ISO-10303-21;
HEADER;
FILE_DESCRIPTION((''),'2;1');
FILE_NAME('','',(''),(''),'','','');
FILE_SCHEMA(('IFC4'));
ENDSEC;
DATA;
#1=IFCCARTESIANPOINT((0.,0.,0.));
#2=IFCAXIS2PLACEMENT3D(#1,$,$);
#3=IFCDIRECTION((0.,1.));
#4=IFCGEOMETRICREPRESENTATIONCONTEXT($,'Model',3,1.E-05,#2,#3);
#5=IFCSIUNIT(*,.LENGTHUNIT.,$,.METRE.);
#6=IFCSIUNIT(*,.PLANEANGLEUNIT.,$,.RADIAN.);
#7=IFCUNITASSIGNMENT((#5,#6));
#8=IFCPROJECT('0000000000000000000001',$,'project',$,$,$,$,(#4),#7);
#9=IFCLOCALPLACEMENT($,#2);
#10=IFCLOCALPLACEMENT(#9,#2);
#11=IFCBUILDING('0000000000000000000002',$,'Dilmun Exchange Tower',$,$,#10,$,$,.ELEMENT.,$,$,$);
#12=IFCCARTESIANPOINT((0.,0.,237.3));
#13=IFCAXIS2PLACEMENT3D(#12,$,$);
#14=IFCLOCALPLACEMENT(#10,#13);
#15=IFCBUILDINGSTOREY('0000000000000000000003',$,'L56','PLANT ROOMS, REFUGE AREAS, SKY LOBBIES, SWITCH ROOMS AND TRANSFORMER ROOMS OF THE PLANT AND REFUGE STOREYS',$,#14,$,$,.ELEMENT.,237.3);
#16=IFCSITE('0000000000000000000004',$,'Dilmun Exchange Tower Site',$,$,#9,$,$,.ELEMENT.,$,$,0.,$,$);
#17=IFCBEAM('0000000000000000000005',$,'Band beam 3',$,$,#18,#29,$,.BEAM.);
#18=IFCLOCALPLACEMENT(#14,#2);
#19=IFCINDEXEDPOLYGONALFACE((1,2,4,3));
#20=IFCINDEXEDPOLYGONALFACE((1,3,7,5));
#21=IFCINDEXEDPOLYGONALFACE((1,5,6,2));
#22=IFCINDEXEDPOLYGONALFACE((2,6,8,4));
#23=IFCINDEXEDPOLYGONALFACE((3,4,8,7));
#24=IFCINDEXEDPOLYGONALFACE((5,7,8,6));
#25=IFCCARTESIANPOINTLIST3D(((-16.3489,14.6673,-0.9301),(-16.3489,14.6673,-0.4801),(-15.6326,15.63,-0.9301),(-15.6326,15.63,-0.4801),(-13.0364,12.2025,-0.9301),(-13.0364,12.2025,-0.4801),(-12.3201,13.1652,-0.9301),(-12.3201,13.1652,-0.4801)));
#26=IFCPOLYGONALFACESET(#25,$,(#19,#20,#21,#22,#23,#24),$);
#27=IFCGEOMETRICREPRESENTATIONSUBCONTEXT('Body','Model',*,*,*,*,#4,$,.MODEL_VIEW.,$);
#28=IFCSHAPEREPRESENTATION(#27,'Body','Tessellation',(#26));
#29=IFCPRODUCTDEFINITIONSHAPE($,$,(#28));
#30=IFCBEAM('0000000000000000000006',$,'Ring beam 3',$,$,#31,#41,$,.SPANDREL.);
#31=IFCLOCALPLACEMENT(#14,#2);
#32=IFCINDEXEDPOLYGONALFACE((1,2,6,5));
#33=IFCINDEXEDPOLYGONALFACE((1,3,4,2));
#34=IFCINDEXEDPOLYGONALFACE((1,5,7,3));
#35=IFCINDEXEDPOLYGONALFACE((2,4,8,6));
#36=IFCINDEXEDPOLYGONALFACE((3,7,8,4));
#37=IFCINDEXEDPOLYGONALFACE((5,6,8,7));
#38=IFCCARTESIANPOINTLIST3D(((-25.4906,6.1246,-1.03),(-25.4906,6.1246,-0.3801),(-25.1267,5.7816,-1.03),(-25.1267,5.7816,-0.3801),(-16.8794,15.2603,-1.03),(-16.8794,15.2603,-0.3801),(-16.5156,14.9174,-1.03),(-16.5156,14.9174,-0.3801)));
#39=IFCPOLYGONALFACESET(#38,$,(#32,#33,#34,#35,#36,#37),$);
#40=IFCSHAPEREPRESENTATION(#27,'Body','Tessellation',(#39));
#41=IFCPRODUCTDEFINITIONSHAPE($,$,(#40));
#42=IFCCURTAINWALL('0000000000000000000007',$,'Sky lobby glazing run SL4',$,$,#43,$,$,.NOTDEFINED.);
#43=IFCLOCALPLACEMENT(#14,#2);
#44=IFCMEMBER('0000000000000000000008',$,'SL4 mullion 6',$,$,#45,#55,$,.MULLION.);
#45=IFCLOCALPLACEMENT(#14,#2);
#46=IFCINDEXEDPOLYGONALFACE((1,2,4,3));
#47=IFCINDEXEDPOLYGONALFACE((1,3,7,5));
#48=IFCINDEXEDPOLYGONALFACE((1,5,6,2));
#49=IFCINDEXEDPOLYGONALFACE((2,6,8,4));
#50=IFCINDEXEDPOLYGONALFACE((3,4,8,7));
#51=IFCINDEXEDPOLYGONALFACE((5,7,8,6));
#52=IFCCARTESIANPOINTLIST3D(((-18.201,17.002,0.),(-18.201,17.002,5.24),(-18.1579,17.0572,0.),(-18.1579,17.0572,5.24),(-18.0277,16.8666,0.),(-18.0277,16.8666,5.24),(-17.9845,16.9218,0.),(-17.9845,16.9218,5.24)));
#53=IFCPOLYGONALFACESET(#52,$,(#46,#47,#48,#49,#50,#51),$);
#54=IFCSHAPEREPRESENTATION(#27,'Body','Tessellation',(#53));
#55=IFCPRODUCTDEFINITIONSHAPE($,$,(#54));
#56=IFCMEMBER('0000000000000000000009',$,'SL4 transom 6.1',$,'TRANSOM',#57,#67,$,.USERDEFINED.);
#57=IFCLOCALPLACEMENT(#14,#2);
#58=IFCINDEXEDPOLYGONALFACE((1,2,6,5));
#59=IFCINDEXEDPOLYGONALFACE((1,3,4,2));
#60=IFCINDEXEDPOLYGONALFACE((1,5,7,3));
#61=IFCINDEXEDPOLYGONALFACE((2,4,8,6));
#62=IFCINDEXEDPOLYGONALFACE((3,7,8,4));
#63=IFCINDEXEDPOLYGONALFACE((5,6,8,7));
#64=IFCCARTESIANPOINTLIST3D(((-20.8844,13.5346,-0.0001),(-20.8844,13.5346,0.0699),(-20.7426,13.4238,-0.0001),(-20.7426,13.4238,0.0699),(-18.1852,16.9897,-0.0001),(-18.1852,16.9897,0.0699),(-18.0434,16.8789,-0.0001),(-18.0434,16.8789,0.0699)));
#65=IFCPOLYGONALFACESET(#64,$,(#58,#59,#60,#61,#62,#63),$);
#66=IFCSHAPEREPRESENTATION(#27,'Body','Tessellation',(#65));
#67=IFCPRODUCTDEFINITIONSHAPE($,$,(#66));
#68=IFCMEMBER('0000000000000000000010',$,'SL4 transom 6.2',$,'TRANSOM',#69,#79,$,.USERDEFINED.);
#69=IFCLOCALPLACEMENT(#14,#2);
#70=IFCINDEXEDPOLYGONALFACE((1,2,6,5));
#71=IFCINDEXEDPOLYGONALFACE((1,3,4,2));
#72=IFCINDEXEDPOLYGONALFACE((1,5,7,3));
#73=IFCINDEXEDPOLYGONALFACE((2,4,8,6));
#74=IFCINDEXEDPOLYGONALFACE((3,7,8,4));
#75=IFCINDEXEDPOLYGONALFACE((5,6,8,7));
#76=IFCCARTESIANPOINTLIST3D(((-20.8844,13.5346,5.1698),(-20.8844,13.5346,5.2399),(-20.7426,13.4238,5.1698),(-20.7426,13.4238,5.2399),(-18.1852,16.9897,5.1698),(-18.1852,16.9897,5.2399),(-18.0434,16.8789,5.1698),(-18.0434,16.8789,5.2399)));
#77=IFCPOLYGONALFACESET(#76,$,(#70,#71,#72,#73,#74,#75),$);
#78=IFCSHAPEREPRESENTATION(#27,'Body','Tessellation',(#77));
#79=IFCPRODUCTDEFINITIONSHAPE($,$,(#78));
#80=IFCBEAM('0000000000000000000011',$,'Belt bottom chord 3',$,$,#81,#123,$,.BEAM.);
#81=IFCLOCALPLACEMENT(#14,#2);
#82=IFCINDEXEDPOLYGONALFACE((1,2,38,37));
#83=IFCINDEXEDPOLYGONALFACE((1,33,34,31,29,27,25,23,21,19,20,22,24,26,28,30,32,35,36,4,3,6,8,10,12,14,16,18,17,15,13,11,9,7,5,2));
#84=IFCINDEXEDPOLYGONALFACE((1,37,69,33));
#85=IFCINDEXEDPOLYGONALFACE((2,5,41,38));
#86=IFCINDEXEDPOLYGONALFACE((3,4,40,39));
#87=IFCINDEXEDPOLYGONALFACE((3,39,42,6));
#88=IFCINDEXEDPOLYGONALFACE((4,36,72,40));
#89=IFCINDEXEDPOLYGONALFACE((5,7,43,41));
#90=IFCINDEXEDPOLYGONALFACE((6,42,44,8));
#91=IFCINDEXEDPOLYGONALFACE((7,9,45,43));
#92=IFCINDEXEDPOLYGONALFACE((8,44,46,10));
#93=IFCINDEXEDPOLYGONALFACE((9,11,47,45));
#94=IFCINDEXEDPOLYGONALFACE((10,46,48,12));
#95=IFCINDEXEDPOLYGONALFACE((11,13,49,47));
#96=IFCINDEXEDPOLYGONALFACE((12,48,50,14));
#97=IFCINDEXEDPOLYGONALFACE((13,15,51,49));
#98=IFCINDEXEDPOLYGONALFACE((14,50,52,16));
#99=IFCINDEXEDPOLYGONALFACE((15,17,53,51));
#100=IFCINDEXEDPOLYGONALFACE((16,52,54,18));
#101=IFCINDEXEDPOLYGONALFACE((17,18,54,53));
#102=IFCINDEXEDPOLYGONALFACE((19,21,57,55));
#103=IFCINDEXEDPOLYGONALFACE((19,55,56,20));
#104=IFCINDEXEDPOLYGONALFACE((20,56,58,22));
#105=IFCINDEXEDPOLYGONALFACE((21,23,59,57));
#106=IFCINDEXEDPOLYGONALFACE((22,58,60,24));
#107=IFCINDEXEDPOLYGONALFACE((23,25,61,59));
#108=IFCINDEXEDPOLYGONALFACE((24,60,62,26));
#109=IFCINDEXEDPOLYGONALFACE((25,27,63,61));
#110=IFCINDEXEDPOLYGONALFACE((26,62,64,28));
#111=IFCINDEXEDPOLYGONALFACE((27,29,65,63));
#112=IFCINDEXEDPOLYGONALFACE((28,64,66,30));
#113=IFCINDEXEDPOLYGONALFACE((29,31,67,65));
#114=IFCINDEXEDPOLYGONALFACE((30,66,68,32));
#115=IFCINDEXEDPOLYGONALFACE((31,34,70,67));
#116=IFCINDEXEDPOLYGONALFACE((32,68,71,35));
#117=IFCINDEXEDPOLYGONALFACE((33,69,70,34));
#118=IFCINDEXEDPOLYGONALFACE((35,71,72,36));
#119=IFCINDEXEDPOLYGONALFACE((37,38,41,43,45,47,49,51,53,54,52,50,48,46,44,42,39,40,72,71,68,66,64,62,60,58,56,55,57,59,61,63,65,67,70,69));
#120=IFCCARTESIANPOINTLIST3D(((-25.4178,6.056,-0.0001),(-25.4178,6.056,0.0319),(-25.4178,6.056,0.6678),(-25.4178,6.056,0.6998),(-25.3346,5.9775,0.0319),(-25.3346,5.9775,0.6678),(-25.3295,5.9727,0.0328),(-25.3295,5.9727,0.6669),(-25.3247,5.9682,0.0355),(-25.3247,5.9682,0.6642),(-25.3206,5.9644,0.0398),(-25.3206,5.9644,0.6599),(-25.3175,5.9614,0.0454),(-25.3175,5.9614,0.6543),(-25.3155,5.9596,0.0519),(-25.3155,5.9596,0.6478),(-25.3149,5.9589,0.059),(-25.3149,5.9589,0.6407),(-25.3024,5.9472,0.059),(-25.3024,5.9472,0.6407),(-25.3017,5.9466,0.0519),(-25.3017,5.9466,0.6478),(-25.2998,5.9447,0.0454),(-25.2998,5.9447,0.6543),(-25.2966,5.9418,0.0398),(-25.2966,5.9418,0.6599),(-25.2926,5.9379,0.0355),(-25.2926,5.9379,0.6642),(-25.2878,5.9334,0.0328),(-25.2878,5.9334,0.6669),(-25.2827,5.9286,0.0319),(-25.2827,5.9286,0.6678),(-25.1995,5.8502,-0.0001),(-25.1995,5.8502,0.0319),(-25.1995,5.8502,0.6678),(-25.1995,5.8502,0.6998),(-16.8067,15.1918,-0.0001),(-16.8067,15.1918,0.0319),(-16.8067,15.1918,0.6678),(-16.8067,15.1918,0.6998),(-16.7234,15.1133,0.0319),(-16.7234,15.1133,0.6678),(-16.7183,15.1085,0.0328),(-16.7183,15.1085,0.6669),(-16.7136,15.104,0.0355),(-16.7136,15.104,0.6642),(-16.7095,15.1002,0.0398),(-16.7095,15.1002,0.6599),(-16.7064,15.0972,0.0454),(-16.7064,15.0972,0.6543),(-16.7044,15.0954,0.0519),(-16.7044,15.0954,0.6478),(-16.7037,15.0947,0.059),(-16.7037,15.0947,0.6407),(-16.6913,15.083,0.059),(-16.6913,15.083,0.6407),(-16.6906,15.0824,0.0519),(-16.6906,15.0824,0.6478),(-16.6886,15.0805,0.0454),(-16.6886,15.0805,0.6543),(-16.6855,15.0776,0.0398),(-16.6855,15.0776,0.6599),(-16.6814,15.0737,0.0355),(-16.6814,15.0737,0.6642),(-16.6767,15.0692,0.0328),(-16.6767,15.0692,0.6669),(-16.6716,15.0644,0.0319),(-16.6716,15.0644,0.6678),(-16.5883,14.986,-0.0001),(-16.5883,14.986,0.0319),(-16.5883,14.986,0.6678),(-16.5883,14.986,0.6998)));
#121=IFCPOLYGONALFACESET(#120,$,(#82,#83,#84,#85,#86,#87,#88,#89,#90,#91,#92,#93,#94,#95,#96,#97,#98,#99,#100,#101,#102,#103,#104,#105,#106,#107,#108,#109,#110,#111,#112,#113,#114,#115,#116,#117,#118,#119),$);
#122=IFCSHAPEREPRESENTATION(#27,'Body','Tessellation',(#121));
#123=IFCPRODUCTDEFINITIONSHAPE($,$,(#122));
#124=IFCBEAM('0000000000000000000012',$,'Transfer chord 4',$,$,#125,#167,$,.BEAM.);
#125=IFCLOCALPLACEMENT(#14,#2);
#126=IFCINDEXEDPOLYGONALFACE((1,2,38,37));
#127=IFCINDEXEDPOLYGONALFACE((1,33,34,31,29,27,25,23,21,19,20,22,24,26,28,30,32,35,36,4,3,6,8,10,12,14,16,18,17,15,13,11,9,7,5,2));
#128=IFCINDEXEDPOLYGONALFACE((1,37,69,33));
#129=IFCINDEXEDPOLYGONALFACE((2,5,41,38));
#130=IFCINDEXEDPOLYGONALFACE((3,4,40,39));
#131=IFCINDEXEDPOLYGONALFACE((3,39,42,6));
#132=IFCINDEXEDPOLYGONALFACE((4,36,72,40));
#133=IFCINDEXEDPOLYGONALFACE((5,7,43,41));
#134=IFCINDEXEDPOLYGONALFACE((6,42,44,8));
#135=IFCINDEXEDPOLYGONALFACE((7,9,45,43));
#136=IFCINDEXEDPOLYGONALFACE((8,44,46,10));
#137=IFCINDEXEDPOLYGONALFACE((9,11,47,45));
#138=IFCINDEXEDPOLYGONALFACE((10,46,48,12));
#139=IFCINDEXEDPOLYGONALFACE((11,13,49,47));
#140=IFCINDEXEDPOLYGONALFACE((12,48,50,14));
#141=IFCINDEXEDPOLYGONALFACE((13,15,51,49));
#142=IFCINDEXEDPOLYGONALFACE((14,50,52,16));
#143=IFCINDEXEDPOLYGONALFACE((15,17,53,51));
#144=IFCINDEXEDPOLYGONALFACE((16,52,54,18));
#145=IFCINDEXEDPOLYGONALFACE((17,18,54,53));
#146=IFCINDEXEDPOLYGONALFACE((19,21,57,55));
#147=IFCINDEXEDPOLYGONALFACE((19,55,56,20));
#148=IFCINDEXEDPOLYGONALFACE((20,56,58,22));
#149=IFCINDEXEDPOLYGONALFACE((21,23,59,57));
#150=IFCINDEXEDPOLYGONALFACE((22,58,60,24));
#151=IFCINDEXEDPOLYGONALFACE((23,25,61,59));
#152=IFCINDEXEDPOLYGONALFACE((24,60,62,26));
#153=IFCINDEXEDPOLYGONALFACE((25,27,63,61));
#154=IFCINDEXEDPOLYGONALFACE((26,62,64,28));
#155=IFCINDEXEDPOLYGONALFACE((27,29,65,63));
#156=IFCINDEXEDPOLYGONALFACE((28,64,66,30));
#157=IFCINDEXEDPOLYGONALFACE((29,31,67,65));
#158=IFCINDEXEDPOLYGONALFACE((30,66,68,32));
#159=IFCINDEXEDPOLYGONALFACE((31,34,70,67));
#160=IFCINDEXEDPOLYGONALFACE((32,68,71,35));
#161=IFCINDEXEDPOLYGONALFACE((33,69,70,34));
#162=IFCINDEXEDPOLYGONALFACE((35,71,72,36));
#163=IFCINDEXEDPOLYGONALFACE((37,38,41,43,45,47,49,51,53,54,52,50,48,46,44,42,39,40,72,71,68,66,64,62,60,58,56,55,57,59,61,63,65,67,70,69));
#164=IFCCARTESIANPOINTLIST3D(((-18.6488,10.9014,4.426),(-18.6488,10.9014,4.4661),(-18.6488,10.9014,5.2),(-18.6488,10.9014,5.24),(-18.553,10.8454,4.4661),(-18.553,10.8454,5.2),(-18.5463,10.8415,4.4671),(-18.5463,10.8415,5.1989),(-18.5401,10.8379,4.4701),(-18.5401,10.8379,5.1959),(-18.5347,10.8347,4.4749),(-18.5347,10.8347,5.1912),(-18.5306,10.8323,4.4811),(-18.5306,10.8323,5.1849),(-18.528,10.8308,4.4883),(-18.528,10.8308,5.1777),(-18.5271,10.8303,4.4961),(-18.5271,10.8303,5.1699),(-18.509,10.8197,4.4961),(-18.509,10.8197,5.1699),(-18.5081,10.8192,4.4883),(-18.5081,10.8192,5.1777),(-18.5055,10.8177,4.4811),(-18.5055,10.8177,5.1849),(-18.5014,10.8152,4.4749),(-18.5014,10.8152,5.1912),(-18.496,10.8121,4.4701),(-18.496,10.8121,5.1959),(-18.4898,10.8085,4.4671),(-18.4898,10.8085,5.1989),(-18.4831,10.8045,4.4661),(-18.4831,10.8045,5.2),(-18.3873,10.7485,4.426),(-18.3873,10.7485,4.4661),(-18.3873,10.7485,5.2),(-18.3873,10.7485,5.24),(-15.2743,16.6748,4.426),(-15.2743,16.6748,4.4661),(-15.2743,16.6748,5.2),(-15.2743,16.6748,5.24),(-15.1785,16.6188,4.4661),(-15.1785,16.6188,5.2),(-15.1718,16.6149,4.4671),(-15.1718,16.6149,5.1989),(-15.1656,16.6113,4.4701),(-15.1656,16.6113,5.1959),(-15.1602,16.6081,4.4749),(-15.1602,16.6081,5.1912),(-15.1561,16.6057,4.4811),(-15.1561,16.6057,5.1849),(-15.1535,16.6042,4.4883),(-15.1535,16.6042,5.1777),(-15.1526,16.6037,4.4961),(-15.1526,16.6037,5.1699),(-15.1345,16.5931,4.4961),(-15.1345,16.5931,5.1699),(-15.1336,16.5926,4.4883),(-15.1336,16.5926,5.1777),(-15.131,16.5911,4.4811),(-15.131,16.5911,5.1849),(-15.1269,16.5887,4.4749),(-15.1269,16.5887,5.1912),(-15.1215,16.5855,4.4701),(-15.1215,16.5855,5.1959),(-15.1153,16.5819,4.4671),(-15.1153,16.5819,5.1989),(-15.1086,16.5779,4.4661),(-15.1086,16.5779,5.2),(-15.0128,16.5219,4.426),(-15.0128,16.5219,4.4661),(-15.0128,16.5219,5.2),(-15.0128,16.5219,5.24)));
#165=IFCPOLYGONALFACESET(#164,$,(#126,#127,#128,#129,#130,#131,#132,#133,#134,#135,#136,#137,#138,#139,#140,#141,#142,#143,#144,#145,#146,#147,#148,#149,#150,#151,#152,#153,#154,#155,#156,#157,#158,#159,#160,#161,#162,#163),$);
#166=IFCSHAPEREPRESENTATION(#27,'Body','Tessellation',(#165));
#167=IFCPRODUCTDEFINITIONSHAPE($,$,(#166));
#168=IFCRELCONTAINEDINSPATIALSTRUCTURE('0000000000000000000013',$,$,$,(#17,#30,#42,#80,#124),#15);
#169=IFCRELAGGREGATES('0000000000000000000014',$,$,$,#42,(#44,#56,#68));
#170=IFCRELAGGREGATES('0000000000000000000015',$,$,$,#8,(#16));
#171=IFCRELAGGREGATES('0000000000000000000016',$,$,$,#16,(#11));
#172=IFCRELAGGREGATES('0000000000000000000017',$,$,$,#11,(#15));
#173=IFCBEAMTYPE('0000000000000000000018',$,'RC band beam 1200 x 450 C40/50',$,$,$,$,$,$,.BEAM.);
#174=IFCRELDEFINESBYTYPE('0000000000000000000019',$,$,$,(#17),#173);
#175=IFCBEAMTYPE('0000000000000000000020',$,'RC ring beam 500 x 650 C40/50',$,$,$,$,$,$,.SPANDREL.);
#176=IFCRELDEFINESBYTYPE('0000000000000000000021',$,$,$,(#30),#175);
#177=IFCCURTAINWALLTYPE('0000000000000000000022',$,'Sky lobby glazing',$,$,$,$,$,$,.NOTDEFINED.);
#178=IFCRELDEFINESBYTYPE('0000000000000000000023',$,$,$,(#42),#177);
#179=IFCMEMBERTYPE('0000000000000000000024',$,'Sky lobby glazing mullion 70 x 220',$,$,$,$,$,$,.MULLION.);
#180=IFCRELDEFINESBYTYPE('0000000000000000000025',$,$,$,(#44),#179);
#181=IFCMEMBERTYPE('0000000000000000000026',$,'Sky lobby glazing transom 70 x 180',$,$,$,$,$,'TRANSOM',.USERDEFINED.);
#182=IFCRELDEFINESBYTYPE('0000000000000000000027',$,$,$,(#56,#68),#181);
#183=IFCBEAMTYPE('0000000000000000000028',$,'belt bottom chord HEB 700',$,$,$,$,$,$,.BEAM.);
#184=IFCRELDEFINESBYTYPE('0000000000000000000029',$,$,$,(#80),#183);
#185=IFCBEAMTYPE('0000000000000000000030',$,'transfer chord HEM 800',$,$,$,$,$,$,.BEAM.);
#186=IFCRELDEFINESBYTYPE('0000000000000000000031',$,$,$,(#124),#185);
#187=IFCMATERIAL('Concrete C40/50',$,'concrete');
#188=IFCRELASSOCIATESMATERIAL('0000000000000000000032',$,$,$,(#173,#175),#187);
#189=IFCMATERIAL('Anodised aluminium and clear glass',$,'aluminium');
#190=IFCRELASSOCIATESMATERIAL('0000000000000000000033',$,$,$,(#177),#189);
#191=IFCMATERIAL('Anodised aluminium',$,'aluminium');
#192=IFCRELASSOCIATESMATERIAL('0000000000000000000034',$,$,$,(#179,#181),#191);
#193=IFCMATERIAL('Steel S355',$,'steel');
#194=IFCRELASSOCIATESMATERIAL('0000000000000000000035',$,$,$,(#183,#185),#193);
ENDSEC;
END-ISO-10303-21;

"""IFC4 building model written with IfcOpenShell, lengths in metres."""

from ifc_helpers import new_model, si_unit, direction, frame, origin, origin_2d, place, context, subcontext, project, spatial, rectangle, i_section, extrude, material, material_profile, profile_set, type_object, element, aggregate, save


model = new_model("IFC4")

# Units and contexts
model_context = context("Model", 3, precision=1e-05, world=origin(), true_north=direction((0.0, 1.0)))
body_context = subcontext(model_context, "Body", "Model", "MODEL_VIEW")
ifc_project = project(units=[si_unit("LENGTHUNIT", "METRE"), si_unit("PLANEANGLEUNIT", "RADIAN")], contexts=[model_context])

# Site, building, storey
site_placement = place(None, origin())
site = spatial("IfcSite", under=ifc_project, at=site_placement, Name="Dilmun Exchange Tower Site", CompositionType="ELEMENT", RefElevation=0.0)
building_placement = place(site_placement, origin())
building = spatial("IfcBuilding", under=site, at=building_placement, Name="Dilmun Exchange Tower", CompositionType="ELEMENT")
storey_placement = place(building_placement, frame((0.0, 0.0, 237.3)))
storey = spatial("IfcBuildingStorey", under=building, at=storey_placement, Name="L56", Description="PLANT ROOMS, REFUGE AREAS, SKY LOBBIES, SWITCH ROOMS AND TRANSFORMER ROOMS OF THE PLANT AND REFUGE STOREYS", CompositionType="ELEMENT", Elevation=237.3)

# Beams
ifc_material_1 = material(Name="Concrete C40/50", Category="concrete")
ifc_material_profile_1 = material_profile(ifc_material_1, rectangle(XDim=1.2, YDim=0.45, at=origin_2d()), Name="1200 x 450")
ifc_profile_set_1 = profile_set([ifc_material_profile_1], Name="Concrete C40/50")
beam_type_1 = type_object("IfcBeamType", Name="RC band beam 1200 x 450 C40/50", PredefinedType="BEAM", material=ifc_profile_set_1)
beam_1_placement = place(storey_placement, frame((-15.9907, 15.1487, -0.7051), z_axis=(0.802265, -0.596968, 0.0), x_axis=(0.596968, 0.802265, 0.0)))
element("IfcBeam", 1, at=beam_1_placement, inside=storey, type_object=beam_type_1, Name="Band beam 3", PredefinedType="BEAM", context=body_context, shape_type="SweptSolid", body=[
    extrude(rectangle(XDim=1.2, YDim=0.45, at=origin_2d()), origin(), (0.0, 0.0, 1.0), 4.1289),
])
ifc_material_profile_2 = material_profile(ifc_material_1, rectangle(XDim=0.5, YDim=0.6499, at=origin_2d()), Name="500 x 650")
ifc_profile_set_2 = profile_set([ifc_material_profile_2], Name="Concrete C40/50")
beam_type_2 = type_object("IfcBeamType", Name="RC ring beam 500 x 650 C40/50", PredefinedType="SPANDREL", material=ifc_profile_set_2)
beam_2_placement = place(storey_placement, frame((-16.6975, 15.0889, -0.7051), z_axis=(-0.685903, -0.727693, 0.0), x_axis=(0.727693, -0.685903, 0.0)))
element("IfcBeam", 2, at=beam_2_placement, inside=storey, type_object=beam_type_2, Name="Ring beam 3", PredefinedType="SPANDREL", context=body_context, shape_type="SweptSolid", body=[
    extrude(rectangle(XDim=0.5, YDim=0.6499, at=origin_2d()), origin(), (0.0, 0.0, 1.0), 12.5544),
])

# Curtain wall, members
ifc_material_2 = material(Name="Anodised aluminium and clear glass", Category="aluminium")
curtain_wall_type = type_object("IfcCurtainWallType", Name="Sky lobby glazing", PredefinedType="NOTDEFINED", material=ifc_material_2)
curtain_wall_placement = place(storey_placement, origin())
curtain_wall = element("IfcCurtainWall", 3, at=curtain_wall_placement, inside=storey, type_object=curtain_wall_type, Name="Sky lobby glazing run SL4", PredefinedType="NOTDEFINED")
ifc_material_3 = material(Name="Anodised aluminium", Category="aluminium")
ifc_material_profile_3 = material_profile(ifc_material_3, rectangle(XDim=0.22, YDim=0.0701, at=origin_2d()), Name="AL 70x220")
ifc_profile_set_3 = profile_set([ifc_material_profile_3], Name="Anodised aluminium")
member_type_1 = type_object("IfcMemberType", Name="Sky lobby glazing mullion 70 x 220", PredefinedType="MULLION", material=ifc_profile_set_3)
member_1_placement = place(storey_placement, frame((-18.0928, 16.9619, 0.0), z_axis=(0.0, 0.0, 1.0), x_axis=(0.788011, -0.615662, 0.0)))
member_1 = element("IfcMember", 4, at=member_1_placement, type_object=member_type_1, Name="SL4 mullion 6", PredefinedType="MULLION", context=body_context, shape_type="SweptSolid", body=[
    extrude(rectangle(XDim=0.22, YDim=0.0701, at=origin_2d()), origin(), (0.0, 0.0, 1.0), 5.24),
])
ifc_material_profile_4 = material_profile(ifc_material_3, rectangle(XDim=0.1799, YDim=0.0701, at=origin_2d()), Name="AL 70x180")
ifc_profile_set_4 = profile_set([ifc_material_profile_4], Name="Anodised aluminium")
member_type_2 = type_object("IfcMemberType", Name="Sky lobby glazing transom 70 x 180", ElementType="TRANSOM", PredefinedType="USERDEFINED", material=ifc_profile_set_4)
member_2_placement = place(storey_placement, frame((-18.1143, 16.9343, 0.0349), z_axis=(-0.615635, -0.788031, 0.0), x_axis=(0.788031, -0.615635, 0.0)))
member_2 = element("IfcMember", 5, at=member_2_placement, type_object=member_type_2, Name="SL4 transom 6.1", ObjectType="TRANSOM", PredefinedType="USERDEFINED", context=body_context, shape_type="SweptSolid", body=[
    extrude(rectangle(XDim=0.1799, YDim=0.0701, at=origin_2d()), origin(), (0.0, 0.0, 1.0), 4.3845),
])
member_3_placement = place(storey_placement, frame((-18.1143, 16.9343, 5.2048), z_axis=(-0.615635, -0.788031, 0.0), x_axis=(0.788031, -0.615635, 0.0)))
member_3 = element("IfcMember", 6, at=member_3_placement, type_object=member_type_2, Name="SL4 transom 6.2", ObjectType="TRANSOM", PredefinedType="USERDEFINED", context=body_context, shape_type="SweptSolid", body=[
    extrude(rectangle(XDim=0.1799, YDim=0.0701, at=origin_2d()), origin(), (0.0, 0.0, 1.0), 4.3845),
])

# Beams
ifc_material_4 = material(Name="Steel S355", Category="steel")
ifc_material_profile_5 = material_profile(ifc_material_4, i_section(OverallWidth=0.3, OverallDepth=0.7, WebThickness=0.0171, FlangeThickness=0.032, FilletRadius=0.0271, at=origin_2d()), Name="HEB 700")
ifc_profile_set_5 = profile_set([ifc_material_profile_5], Name="Steel S355")
beam_type_3 = type_object("IfcBeamType", Name="belt bottom chord HEB 700", PredefinedType="BEAM", material=ifc_profile_set_5)
beam_3_placement = place(storey_placement, frame((-16.6975, 15.0889, 0.3499), z_axis=(-0.685903, -0.727693, 0.0), x_axis=(0.727693, -0.685903, 0.0)))
element("IfcBeam", 7, at=beam_3_placement, inside=storey, type_object=beam_type_3, Name="Belt bottom chord 3", PredefinedType="BEAM", context=body_context, shape_type="SweptSolid", body=[
    extrude(i_section(OverallWidth=0.3, OverallDepth=0.7, WebThickness=0.0171, FlangeThickness=0.032, FilletRadius=0.0271, at=origin_2d()), origin(), (0.0, 0.0, 1.0), 12.5544),
])
ifc_material_profile_6 = material_profile(ifc_material_4, i_section(OverallWidth=0.303, OverallDepth=0.814, WebThickness=0.021, FlangeThickness=0.04, FilletRadius=0.03, at=origin_2d()), Name="HEM 800")
ifc_profile_set_6 = profile_set([ifc_material_profile_6], Name="Steel S355")
beam_type_4 = type_object("IfcBeamType", Name="transfer chord HEM 800", PredefinedType="BEAM", material=ifc_profile_set_6)
beam_4_placement = place(storey_placement, frame((-15.1436, 16.5984, 4.833), z_axis=(-0.504615, -0.863344, 0.0), x_axis=(0.863344, -0.504615, 0.0)))
element("IfcBeam", 8, at=beam_4_placement, inside=storey, type_object=beam_type_4, Name="Transfer chord 4", PredefinedType="BEAM", context=body_context, shape_type="SweptSolid", body=[
    extrude(i_section(OverallWidth=0.303, OverallDepth=0.814, WebThickness=0.021, FlangeThickness=0.04, FilletRadius=0.03, at=origin_2d()), origin(), (0.0, 0.0, 1.0), 6.6873),
])

aggregate(curtain_wall, [member_1, member_2, member_3])

save(model, "model.ifc")
